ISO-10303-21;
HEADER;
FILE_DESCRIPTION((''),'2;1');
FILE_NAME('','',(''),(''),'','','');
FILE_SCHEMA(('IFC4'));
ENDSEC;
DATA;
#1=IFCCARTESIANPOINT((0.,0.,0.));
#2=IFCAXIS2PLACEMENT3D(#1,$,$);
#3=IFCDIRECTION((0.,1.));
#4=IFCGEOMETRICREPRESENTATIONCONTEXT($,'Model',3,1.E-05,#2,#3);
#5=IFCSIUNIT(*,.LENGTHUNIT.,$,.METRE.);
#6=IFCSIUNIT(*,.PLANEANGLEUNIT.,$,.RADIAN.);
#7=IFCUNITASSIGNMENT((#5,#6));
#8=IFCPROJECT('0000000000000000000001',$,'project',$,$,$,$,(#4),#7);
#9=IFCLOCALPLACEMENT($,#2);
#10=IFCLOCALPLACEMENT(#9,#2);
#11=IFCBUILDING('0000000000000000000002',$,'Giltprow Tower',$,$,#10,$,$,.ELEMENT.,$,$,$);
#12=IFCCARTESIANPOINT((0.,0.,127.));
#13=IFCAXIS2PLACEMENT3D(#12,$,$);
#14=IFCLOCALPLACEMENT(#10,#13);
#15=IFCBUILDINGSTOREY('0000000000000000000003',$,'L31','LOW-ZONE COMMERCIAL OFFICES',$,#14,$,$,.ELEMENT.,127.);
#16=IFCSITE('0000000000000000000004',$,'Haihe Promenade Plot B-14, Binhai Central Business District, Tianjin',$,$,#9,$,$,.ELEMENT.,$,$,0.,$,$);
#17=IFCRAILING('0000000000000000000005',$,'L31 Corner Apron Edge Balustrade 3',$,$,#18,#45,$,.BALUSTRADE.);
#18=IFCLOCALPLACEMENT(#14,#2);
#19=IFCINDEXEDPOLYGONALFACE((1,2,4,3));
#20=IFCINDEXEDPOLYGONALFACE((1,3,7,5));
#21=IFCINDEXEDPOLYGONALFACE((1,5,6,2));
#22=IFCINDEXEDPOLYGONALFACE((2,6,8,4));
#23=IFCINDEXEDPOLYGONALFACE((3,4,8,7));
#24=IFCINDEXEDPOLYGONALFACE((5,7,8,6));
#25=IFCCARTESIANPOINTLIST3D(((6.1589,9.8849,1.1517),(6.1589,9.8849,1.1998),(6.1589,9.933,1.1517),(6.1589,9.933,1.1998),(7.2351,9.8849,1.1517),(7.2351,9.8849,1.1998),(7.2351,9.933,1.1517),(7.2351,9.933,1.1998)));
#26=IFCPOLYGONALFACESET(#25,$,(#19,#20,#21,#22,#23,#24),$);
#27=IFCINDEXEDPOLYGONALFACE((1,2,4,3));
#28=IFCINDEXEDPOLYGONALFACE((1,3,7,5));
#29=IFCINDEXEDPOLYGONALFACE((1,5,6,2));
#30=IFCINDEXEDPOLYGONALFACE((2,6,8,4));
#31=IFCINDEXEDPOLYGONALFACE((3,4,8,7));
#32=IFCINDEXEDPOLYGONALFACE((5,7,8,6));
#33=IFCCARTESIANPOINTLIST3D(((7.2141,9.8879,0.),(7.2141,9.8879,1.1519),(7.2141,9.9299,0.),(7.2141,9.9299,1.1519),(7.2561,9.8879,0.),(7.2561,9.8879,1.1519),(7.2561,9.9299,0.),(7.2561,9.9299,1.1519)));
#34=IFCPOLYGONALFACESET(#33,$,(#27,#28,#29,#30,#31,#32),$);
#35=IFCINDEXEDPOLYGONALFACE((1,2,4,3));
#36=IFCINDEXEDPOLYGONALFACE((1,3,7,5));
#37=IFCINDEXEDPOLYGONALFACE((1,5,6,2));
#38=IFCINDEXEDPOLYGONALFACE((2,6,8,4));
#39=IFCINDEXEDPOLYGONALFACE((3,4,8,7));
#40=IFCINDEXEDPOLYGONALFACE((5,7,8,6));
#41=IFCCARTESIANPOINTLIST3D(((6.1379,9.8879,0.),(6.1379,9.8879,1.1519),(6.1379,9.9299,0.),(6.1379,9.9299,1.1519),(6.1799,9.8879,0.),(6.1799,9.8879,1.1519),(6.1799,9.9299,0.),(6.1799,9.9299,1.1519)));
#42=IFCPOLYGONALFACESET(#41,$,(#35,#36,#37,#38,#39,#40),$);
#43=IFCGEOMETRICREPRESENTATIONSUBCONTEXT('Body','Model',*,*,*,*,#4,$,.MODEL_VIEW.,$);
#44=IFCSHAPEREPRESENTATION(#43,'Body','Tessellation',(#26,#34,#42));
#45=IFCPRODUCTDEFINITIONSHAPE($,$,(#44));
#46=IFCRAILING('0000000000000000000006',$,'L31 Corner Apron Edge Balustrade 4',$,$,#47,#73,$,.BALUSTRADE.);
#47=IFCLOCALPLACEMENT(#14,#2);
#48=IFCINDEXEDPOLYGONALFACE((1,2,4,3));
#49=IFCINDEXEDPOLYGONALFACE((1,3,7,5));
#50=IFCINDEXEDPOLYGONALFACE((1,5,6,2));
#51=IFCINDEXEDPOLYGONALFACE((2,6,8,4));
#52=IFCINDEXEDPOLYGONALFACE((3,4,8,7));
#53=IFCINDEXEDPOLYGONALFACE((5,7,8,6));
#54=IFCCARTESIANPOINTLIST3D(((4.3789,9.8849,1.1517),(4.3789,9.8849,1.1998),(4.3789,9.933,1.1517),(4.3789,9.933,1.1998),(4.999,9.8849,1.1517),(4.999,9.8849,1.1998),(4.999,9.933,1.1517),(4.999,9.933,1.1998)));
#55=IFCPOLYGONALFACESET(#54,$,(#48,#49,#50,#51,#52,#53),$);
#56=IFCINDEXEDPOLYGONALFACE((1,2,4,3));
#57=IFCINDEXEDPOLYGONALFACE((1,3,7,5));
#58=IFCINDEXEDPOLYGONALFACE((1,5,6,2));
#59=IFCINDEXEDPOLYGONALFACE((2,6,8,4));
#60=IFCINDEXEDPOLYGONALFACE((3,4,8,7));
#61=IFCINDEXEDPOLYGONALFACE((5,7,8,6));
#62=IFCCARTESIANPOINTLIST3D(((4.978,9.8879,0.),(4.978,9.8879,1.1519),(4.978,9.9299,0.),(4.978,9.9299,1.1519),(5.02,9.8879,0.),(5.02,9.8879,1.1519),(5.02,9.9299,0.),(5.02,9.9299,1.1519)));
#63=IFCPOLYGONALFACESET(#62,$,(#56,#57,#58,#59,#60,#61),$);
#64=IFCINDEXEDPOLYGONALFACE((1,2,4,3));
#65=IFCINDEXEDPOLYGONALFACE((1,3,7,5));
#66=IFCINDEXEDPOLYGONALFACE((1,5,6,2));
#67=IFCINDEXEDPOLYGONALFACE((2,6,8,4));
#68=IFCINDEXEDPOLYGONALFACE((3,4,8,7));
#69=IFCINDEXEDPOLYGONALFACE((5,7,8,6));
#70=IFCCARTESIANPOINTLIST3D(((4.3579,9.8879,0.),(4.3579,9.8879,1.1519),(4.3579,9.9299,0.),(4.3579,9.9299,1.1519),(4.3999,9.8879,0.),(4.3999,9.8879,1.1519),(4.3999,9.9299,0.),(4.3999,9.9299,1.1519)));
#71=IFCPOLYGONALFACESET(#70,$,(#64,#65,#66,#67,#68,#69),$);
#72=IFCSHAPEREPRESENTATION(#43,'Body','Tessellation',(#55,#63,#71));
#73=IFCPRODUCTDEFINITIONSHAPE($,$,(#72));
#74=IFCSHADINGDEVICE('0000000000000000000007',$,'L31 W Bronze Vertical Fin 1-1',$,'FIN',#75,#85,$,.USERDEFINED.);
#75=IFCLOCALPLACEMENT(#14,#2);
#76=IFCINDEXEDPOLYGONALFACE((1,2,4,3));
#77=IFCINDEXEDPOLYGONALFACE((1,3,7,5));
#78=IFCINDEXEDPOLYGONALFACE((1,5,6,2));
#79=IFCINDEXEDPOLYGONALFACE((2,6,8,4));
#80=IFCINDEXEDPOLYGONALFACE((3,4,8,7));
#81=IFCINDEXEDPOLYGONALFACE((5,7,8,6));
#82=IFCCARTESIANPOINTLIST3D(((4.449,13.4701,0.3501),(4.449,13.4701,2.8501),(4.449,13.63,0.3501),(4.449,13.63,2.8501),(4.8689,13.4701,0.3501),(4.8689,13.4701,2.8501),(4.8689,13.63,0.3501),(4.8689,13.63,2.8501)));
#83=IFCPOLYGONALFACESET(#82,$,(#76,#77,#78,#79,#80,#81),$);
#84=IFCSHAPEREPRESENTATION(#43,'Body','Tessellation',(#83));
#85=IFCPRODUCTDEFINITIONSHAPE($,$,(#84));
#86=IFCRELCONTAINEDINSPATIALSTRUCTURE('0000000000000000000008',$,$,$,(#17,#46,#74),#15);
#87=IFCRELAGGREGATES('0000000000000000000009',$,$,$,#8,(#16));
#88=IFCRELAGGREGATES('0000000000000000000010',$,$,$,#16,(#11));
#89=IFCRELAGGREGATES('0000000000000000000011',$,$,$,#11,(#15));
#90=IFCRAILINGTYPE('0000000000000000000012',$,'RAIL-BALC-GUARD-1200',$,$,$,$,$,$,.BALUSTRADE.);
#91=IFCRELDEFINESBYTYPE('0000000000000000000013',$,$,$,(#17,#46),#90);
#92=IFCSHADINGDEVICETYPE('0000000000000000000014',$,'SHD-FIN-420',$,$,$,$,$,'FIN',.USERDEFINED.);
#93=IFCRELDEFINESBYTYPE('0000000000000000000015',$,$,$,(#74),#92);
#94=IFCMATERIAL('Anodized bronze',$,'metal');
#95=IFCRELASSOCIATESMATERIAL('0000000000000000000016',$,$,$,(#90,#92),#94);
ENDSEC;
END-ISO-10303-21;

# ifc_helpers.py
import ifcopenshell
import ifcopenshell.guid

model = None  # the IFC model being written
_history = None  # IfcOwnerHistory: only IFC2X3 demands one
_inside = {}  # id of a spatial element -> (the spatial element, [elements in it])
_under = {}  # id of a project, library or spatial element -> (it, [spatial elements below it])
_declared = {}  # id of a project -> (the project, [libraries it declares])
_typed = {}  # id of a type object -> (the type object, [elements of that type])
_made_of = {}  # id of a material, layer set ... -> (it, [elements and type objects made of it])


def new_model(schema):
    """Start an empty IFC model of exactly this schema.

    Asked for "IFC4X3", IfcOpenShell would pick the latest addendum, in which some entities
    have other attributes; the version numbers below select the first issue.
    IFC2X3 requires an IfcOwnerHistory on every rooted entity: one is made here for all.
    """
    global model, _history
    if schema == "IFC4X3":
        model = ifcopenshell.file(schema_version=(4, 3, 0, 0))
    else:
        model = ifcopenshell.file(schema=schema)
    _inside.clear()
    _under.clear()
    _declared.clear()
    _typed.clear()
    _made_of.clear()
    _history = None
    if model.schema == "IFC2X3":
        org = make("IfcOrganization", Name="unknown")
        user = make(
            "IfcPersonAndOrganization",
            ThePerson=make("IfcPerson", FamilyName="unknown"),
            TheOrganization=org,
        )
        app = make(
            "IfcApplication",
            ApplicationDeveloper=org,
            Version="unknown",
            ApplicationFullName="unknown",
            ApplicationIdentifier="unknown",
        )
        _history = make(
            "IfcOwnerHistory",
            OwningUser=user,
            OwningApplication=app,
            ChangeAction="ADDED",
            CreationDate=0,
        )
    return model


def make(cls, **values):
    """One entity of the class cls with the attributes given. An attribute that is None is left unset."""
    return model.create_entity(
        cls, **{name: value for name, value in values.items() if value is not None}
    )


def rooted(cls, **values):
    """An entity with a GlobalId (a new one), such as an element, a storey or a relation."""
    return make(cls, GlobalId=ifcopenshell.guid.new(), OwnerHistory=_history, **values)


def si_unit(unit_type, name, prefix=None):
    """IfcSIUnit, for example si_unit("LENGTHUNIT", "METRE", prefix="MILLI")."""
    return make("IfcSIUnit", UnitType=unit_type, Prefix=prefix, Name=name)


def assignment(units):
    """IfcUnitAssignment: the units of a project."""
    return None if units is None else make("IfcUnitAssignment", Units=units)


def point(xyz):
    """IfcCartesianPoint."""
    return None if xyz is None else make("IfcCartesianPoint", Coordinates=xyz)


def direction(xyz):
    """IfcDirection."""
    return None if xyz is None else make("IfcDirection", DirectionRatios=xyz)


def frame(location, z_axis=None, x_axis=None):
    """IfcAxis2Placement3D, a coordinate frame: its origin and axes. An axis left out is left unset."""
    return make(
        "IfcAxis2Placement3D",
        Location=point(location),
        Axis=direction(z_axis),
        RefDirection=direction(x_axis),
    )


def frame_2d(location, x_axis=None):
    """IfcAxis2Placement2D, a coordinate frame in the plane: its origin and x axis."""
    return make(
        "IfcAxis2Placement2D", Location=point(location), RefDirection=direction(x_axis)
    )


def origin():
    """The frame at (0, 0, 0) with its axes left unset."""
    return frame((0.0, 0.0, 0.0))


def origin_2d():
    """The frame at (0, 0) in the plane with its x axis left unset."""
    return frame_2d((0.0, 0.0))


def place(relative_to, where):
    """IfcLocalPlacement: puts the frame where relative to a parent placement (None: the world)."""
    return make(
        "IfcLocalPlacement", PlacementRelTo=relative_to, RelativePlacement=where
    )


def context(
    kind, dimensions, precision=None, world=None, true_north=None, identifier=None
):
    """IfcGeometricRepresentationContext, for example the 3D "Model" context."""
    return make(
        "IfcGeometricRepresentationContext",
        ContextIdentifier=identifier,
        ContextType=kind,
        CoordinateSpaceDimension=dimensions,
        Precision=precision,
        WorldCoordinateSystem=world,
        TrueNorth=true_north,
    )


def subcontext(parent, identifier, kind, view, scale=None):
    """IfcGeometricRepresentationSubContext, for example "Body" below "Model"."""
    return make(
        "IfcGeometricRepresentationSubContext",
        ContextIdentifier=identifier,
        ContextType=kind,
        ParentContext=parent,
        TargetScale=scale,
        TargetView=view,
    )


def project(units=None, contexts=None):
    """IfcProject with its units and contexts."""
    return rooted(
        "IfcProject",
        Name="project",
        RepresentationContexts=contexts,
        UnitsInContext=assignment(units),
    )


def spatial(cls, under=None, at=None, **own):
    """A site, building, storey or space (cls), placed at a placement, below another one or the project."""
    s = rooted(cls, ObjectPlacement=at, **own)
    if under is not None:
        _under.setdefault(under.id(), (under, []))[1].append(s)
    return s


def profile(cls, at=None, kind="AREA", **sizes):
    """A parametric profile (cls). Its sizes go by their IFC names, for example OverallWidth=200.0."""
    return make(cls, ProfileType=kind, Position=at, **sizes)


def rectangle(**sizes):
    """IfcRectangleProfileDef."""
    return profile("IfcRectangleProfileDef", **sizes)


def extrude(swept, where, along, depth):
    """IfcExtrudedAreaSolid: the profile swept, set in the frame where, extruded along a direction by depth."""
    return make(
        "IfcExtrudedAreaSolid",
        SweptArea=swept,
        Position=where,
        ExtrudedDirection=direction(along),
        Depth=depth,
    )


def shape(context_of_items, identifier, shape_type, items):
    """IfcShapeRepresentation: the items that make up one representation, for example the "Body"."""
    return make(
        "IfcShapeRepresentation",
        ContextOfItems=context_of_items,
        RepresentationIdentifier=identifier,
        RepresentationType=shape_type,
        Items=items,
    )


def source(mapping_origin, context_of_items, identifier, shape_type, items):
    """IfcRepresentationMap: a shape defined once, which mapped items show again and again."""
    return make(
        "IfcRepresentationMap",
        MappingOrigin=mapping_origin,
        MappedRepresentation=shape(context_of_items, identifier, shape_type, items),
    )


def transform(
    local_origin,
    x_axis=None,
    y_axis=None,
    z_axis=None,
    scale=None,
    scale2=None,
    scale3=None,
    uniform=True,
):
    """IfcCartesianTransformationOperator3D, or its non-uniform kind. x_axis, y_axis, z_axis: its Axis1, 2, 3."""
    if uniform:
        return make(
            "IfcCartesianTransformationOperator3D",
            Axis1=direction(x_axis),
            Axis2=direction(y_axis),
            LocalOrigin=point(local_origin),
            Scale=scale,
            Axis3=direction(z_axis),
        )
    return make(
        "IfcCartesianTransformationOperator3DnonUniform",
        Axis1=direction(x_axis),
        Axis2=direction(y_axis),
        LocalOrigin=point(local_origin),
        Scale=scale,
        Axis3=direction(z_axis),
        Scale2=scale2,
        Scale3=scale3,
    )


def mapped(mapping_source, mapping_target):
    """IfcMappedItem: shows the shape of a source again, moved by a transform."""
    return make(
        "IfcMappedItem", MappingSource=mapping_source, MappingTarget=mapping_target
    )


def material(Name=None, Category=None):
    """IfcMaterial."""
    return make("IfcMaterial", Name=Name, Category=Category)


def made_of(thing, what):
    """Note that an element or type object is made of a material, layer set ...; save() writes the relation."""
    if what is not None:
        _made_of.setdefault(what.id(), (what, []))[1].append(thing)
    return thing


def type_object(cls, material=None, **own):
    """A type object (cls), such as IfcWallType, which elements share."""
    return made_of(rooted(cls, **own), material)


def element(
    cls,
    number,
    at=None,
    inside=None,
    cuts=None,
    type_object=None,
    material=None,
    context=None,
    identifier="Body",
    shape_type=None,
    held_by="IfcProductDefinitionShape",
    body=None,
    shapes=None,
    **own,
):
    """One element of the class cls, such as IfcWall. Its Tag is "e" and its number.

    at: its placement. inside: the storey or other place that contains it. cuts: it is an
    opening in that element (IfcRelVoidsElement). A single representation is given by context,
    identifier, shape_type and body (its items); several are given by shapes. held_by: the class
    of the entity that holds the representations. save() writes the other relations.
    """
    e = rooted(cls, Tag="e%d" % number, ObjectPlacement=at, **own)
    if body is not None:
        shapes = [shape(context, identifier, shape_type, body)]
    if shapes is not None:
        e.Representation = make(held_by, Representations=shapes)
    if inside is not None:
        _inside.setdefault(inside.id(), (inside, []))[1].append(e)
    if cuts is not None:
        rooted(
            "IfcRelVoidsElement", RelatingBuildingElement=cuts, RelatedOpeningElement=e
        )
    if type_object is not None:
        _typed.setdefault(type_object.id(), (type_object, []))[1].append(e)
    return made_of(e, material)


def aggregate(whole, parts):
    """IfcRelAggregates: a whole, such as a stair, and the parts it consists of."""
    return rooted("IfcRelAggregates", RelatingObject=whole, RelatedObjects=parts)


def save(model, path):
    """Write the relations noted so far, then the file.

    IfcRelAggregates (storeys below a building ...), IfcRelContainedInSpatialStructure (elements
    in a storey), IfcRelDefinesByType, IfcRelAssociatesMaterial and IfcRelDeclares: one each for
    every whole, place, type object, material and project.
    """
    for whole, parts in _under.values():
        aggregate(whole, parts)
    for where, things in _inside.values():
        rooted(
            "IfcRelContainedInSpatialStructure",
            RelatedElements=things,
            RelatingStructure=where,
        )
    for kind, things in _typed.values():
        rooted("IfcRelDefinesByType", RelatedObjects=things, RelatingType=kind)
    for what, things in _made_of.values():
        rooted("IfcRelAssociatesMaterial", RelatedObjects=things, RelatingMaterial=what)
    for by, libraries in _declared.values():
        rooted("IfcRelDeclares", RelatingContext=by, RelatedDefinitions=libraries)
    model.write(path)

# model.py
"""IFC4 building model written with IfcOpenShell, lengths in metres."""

from ifc_helpers import new_model, si_unit, direction, frame, origin, origin_2d, place, context, subcontext, project, spatial, rectangle, extrude, source, transform, mapped, material, type_object, element, save


model = new_model("IFC4")

# Units and contexts
model_context = context("Model", 3, precision=1e-05, world=origin(), true_north=direction((0.0, 1.0)))
body_context = subcontext(model_context, "Body", "Model", "MODEL_VIEW")
ifc_project = project(units=[si_unit("LENGTHUNIT", "METRE"), si_unit("PLANEANGLEUNIT", "RADIAN")], contexts=[model_context])

# Site, building, storey
site_placement = place(None, origin())
site = spatial("IfcSite", under=ifc_project, at=site_placement, Name="Haihe Promenade Plot B-14, Binhai Central Business District, Tianjin", CompositionType="ELEMENT", RefElevation=0.0)
building_placement = place(site_placement, origin())
building = spatial("IfcBuilding", under=site, at=building_placement, Name="Giltprow Tower", CompositionType="ELEMENT")
storey_placement = place(building_placement, frame((0.0, 0.0, 127.0)))
storey = spatial("IfcBuildingStorey", under=building, at=storey_placement, Name="L31", Description="LOW-ZONE COMMERCIAL OFFICES", CompositionType="ELEMENT", Elevation=127.0)

# Shared definitions
ifc_material_1 = material(Name="Anodized bronze", Category="metal")

# Railings
railing_type = type_object("IfcRailingType", Name="RAIL-BALC-GUARD-1200", PredefinedType="BALUSTRADE", material=ifc_material_1)
railing_1_placement = place(storey_placement, frame((7.2351, 9.9089, 0.0)))
element("IfcRailing", 1, at=railing_1_placement, inside=storey, type_object=railing_type, Name="L31 Corner Apron Edge Balustrade 3", PredefinedType="BALUSTRADE", context=body_context, shape_type="SweptSolid", body=[
    extrude(rectangle(XDim=0.0481, YDim=0.0481, at=origin_2d()), frame((0.0, 0.0, 1.1758), z_axis=(-1.0, 0.0, 0.0), x_axis=(0.0, -1.0, 0.0)), (0.0, 0.0, 1.0), 1.0762),
    extrude(rectangle(XDim=0.042, YDim=0.042, at=origin_2d()), origin(), (0.0, 0.0, 1.0), 1.1519),
    extrude(rectangle(XDim=0.042, YDim=0.042, at=origin_2d()), frame((-1.0762, 0.0, 0.0)), (0.0, 0.0, 1.0), 1.1519),
])
railing_2_placement = place(storey_placement, frame((4.999, 9.9089, 0.0)))
element("IfcRailing", 2, at=railing_2_placement, inside=storey, type_object=railing_type, Name="L31 Corner Apron Edge Balustrade 4", PredefinedType="BALUSTRADE", context=body_context, shape_type="SweptSolid", body=[
    extrude(rectangle(XDim=0.0481, YDim=0.0481, at=origin_2d()), frame((0.0, 0.0, 1.1758), z_axis=(-1.0, 0.0, 0.0), x_axis=(0.0, -1.0, 0.0)), (0.0, 0.0, 1.0), 0.6201),
    extrude(rectangle(XDim=0.042, YDim=0.042, at=origin_2d()), origin(), (0.0, 0.0, 1.0), 1.1519),
    extrude(rectangle(XDim=0.042, YDim=0.042, at=origin_2d()), frame((-0.6201, 0.0, 0.0)), (0.0, 0.0, 1.0), 1.1519),
])

# Shading device
shading_device_type = type_object("IfcShadingDeviceType", Name="SHD-FIN-420", ElementType="FIN", PredefinedType="USERDEFINED", material=ifc_material_1)
shared_shape_1 = source(origin(), body_context, "Body", "SweptSolid", [
    extrude(rectangle(XDim=0.4199, YDim=0.1599, at=origin_2d()), origin(), (0.0, 0.0, 1.0), 2.5),
])
shading_device_placement = place(storey_placement, frame((4.6589, 13.55, 0.3501), z_axis=(0.0, 0.0, 1.0), x_axis=(1.0, 0.0, 0.0)))
element("IfcShadingDevice", 3, at=shading_device_placement, inside=storey, type_object=shading_device_type, Name="L31 W Bronze Vertical Fin 1-1", ObjectType="FIN", PredefinedType="USERDEFINED", context=body_context, shape_type="MappedRepresentation", body=[
    mapped(shared_shape_1, transform((0.0, 0.0, 0.0), x_axis=(1.0, 0.0, 0.0), y_axis=(0.0, 1.0, 0.0), z_axis=(0.0, 0.0, 1.0), scale=1.0)),
])

save(model, "model.ifc")
